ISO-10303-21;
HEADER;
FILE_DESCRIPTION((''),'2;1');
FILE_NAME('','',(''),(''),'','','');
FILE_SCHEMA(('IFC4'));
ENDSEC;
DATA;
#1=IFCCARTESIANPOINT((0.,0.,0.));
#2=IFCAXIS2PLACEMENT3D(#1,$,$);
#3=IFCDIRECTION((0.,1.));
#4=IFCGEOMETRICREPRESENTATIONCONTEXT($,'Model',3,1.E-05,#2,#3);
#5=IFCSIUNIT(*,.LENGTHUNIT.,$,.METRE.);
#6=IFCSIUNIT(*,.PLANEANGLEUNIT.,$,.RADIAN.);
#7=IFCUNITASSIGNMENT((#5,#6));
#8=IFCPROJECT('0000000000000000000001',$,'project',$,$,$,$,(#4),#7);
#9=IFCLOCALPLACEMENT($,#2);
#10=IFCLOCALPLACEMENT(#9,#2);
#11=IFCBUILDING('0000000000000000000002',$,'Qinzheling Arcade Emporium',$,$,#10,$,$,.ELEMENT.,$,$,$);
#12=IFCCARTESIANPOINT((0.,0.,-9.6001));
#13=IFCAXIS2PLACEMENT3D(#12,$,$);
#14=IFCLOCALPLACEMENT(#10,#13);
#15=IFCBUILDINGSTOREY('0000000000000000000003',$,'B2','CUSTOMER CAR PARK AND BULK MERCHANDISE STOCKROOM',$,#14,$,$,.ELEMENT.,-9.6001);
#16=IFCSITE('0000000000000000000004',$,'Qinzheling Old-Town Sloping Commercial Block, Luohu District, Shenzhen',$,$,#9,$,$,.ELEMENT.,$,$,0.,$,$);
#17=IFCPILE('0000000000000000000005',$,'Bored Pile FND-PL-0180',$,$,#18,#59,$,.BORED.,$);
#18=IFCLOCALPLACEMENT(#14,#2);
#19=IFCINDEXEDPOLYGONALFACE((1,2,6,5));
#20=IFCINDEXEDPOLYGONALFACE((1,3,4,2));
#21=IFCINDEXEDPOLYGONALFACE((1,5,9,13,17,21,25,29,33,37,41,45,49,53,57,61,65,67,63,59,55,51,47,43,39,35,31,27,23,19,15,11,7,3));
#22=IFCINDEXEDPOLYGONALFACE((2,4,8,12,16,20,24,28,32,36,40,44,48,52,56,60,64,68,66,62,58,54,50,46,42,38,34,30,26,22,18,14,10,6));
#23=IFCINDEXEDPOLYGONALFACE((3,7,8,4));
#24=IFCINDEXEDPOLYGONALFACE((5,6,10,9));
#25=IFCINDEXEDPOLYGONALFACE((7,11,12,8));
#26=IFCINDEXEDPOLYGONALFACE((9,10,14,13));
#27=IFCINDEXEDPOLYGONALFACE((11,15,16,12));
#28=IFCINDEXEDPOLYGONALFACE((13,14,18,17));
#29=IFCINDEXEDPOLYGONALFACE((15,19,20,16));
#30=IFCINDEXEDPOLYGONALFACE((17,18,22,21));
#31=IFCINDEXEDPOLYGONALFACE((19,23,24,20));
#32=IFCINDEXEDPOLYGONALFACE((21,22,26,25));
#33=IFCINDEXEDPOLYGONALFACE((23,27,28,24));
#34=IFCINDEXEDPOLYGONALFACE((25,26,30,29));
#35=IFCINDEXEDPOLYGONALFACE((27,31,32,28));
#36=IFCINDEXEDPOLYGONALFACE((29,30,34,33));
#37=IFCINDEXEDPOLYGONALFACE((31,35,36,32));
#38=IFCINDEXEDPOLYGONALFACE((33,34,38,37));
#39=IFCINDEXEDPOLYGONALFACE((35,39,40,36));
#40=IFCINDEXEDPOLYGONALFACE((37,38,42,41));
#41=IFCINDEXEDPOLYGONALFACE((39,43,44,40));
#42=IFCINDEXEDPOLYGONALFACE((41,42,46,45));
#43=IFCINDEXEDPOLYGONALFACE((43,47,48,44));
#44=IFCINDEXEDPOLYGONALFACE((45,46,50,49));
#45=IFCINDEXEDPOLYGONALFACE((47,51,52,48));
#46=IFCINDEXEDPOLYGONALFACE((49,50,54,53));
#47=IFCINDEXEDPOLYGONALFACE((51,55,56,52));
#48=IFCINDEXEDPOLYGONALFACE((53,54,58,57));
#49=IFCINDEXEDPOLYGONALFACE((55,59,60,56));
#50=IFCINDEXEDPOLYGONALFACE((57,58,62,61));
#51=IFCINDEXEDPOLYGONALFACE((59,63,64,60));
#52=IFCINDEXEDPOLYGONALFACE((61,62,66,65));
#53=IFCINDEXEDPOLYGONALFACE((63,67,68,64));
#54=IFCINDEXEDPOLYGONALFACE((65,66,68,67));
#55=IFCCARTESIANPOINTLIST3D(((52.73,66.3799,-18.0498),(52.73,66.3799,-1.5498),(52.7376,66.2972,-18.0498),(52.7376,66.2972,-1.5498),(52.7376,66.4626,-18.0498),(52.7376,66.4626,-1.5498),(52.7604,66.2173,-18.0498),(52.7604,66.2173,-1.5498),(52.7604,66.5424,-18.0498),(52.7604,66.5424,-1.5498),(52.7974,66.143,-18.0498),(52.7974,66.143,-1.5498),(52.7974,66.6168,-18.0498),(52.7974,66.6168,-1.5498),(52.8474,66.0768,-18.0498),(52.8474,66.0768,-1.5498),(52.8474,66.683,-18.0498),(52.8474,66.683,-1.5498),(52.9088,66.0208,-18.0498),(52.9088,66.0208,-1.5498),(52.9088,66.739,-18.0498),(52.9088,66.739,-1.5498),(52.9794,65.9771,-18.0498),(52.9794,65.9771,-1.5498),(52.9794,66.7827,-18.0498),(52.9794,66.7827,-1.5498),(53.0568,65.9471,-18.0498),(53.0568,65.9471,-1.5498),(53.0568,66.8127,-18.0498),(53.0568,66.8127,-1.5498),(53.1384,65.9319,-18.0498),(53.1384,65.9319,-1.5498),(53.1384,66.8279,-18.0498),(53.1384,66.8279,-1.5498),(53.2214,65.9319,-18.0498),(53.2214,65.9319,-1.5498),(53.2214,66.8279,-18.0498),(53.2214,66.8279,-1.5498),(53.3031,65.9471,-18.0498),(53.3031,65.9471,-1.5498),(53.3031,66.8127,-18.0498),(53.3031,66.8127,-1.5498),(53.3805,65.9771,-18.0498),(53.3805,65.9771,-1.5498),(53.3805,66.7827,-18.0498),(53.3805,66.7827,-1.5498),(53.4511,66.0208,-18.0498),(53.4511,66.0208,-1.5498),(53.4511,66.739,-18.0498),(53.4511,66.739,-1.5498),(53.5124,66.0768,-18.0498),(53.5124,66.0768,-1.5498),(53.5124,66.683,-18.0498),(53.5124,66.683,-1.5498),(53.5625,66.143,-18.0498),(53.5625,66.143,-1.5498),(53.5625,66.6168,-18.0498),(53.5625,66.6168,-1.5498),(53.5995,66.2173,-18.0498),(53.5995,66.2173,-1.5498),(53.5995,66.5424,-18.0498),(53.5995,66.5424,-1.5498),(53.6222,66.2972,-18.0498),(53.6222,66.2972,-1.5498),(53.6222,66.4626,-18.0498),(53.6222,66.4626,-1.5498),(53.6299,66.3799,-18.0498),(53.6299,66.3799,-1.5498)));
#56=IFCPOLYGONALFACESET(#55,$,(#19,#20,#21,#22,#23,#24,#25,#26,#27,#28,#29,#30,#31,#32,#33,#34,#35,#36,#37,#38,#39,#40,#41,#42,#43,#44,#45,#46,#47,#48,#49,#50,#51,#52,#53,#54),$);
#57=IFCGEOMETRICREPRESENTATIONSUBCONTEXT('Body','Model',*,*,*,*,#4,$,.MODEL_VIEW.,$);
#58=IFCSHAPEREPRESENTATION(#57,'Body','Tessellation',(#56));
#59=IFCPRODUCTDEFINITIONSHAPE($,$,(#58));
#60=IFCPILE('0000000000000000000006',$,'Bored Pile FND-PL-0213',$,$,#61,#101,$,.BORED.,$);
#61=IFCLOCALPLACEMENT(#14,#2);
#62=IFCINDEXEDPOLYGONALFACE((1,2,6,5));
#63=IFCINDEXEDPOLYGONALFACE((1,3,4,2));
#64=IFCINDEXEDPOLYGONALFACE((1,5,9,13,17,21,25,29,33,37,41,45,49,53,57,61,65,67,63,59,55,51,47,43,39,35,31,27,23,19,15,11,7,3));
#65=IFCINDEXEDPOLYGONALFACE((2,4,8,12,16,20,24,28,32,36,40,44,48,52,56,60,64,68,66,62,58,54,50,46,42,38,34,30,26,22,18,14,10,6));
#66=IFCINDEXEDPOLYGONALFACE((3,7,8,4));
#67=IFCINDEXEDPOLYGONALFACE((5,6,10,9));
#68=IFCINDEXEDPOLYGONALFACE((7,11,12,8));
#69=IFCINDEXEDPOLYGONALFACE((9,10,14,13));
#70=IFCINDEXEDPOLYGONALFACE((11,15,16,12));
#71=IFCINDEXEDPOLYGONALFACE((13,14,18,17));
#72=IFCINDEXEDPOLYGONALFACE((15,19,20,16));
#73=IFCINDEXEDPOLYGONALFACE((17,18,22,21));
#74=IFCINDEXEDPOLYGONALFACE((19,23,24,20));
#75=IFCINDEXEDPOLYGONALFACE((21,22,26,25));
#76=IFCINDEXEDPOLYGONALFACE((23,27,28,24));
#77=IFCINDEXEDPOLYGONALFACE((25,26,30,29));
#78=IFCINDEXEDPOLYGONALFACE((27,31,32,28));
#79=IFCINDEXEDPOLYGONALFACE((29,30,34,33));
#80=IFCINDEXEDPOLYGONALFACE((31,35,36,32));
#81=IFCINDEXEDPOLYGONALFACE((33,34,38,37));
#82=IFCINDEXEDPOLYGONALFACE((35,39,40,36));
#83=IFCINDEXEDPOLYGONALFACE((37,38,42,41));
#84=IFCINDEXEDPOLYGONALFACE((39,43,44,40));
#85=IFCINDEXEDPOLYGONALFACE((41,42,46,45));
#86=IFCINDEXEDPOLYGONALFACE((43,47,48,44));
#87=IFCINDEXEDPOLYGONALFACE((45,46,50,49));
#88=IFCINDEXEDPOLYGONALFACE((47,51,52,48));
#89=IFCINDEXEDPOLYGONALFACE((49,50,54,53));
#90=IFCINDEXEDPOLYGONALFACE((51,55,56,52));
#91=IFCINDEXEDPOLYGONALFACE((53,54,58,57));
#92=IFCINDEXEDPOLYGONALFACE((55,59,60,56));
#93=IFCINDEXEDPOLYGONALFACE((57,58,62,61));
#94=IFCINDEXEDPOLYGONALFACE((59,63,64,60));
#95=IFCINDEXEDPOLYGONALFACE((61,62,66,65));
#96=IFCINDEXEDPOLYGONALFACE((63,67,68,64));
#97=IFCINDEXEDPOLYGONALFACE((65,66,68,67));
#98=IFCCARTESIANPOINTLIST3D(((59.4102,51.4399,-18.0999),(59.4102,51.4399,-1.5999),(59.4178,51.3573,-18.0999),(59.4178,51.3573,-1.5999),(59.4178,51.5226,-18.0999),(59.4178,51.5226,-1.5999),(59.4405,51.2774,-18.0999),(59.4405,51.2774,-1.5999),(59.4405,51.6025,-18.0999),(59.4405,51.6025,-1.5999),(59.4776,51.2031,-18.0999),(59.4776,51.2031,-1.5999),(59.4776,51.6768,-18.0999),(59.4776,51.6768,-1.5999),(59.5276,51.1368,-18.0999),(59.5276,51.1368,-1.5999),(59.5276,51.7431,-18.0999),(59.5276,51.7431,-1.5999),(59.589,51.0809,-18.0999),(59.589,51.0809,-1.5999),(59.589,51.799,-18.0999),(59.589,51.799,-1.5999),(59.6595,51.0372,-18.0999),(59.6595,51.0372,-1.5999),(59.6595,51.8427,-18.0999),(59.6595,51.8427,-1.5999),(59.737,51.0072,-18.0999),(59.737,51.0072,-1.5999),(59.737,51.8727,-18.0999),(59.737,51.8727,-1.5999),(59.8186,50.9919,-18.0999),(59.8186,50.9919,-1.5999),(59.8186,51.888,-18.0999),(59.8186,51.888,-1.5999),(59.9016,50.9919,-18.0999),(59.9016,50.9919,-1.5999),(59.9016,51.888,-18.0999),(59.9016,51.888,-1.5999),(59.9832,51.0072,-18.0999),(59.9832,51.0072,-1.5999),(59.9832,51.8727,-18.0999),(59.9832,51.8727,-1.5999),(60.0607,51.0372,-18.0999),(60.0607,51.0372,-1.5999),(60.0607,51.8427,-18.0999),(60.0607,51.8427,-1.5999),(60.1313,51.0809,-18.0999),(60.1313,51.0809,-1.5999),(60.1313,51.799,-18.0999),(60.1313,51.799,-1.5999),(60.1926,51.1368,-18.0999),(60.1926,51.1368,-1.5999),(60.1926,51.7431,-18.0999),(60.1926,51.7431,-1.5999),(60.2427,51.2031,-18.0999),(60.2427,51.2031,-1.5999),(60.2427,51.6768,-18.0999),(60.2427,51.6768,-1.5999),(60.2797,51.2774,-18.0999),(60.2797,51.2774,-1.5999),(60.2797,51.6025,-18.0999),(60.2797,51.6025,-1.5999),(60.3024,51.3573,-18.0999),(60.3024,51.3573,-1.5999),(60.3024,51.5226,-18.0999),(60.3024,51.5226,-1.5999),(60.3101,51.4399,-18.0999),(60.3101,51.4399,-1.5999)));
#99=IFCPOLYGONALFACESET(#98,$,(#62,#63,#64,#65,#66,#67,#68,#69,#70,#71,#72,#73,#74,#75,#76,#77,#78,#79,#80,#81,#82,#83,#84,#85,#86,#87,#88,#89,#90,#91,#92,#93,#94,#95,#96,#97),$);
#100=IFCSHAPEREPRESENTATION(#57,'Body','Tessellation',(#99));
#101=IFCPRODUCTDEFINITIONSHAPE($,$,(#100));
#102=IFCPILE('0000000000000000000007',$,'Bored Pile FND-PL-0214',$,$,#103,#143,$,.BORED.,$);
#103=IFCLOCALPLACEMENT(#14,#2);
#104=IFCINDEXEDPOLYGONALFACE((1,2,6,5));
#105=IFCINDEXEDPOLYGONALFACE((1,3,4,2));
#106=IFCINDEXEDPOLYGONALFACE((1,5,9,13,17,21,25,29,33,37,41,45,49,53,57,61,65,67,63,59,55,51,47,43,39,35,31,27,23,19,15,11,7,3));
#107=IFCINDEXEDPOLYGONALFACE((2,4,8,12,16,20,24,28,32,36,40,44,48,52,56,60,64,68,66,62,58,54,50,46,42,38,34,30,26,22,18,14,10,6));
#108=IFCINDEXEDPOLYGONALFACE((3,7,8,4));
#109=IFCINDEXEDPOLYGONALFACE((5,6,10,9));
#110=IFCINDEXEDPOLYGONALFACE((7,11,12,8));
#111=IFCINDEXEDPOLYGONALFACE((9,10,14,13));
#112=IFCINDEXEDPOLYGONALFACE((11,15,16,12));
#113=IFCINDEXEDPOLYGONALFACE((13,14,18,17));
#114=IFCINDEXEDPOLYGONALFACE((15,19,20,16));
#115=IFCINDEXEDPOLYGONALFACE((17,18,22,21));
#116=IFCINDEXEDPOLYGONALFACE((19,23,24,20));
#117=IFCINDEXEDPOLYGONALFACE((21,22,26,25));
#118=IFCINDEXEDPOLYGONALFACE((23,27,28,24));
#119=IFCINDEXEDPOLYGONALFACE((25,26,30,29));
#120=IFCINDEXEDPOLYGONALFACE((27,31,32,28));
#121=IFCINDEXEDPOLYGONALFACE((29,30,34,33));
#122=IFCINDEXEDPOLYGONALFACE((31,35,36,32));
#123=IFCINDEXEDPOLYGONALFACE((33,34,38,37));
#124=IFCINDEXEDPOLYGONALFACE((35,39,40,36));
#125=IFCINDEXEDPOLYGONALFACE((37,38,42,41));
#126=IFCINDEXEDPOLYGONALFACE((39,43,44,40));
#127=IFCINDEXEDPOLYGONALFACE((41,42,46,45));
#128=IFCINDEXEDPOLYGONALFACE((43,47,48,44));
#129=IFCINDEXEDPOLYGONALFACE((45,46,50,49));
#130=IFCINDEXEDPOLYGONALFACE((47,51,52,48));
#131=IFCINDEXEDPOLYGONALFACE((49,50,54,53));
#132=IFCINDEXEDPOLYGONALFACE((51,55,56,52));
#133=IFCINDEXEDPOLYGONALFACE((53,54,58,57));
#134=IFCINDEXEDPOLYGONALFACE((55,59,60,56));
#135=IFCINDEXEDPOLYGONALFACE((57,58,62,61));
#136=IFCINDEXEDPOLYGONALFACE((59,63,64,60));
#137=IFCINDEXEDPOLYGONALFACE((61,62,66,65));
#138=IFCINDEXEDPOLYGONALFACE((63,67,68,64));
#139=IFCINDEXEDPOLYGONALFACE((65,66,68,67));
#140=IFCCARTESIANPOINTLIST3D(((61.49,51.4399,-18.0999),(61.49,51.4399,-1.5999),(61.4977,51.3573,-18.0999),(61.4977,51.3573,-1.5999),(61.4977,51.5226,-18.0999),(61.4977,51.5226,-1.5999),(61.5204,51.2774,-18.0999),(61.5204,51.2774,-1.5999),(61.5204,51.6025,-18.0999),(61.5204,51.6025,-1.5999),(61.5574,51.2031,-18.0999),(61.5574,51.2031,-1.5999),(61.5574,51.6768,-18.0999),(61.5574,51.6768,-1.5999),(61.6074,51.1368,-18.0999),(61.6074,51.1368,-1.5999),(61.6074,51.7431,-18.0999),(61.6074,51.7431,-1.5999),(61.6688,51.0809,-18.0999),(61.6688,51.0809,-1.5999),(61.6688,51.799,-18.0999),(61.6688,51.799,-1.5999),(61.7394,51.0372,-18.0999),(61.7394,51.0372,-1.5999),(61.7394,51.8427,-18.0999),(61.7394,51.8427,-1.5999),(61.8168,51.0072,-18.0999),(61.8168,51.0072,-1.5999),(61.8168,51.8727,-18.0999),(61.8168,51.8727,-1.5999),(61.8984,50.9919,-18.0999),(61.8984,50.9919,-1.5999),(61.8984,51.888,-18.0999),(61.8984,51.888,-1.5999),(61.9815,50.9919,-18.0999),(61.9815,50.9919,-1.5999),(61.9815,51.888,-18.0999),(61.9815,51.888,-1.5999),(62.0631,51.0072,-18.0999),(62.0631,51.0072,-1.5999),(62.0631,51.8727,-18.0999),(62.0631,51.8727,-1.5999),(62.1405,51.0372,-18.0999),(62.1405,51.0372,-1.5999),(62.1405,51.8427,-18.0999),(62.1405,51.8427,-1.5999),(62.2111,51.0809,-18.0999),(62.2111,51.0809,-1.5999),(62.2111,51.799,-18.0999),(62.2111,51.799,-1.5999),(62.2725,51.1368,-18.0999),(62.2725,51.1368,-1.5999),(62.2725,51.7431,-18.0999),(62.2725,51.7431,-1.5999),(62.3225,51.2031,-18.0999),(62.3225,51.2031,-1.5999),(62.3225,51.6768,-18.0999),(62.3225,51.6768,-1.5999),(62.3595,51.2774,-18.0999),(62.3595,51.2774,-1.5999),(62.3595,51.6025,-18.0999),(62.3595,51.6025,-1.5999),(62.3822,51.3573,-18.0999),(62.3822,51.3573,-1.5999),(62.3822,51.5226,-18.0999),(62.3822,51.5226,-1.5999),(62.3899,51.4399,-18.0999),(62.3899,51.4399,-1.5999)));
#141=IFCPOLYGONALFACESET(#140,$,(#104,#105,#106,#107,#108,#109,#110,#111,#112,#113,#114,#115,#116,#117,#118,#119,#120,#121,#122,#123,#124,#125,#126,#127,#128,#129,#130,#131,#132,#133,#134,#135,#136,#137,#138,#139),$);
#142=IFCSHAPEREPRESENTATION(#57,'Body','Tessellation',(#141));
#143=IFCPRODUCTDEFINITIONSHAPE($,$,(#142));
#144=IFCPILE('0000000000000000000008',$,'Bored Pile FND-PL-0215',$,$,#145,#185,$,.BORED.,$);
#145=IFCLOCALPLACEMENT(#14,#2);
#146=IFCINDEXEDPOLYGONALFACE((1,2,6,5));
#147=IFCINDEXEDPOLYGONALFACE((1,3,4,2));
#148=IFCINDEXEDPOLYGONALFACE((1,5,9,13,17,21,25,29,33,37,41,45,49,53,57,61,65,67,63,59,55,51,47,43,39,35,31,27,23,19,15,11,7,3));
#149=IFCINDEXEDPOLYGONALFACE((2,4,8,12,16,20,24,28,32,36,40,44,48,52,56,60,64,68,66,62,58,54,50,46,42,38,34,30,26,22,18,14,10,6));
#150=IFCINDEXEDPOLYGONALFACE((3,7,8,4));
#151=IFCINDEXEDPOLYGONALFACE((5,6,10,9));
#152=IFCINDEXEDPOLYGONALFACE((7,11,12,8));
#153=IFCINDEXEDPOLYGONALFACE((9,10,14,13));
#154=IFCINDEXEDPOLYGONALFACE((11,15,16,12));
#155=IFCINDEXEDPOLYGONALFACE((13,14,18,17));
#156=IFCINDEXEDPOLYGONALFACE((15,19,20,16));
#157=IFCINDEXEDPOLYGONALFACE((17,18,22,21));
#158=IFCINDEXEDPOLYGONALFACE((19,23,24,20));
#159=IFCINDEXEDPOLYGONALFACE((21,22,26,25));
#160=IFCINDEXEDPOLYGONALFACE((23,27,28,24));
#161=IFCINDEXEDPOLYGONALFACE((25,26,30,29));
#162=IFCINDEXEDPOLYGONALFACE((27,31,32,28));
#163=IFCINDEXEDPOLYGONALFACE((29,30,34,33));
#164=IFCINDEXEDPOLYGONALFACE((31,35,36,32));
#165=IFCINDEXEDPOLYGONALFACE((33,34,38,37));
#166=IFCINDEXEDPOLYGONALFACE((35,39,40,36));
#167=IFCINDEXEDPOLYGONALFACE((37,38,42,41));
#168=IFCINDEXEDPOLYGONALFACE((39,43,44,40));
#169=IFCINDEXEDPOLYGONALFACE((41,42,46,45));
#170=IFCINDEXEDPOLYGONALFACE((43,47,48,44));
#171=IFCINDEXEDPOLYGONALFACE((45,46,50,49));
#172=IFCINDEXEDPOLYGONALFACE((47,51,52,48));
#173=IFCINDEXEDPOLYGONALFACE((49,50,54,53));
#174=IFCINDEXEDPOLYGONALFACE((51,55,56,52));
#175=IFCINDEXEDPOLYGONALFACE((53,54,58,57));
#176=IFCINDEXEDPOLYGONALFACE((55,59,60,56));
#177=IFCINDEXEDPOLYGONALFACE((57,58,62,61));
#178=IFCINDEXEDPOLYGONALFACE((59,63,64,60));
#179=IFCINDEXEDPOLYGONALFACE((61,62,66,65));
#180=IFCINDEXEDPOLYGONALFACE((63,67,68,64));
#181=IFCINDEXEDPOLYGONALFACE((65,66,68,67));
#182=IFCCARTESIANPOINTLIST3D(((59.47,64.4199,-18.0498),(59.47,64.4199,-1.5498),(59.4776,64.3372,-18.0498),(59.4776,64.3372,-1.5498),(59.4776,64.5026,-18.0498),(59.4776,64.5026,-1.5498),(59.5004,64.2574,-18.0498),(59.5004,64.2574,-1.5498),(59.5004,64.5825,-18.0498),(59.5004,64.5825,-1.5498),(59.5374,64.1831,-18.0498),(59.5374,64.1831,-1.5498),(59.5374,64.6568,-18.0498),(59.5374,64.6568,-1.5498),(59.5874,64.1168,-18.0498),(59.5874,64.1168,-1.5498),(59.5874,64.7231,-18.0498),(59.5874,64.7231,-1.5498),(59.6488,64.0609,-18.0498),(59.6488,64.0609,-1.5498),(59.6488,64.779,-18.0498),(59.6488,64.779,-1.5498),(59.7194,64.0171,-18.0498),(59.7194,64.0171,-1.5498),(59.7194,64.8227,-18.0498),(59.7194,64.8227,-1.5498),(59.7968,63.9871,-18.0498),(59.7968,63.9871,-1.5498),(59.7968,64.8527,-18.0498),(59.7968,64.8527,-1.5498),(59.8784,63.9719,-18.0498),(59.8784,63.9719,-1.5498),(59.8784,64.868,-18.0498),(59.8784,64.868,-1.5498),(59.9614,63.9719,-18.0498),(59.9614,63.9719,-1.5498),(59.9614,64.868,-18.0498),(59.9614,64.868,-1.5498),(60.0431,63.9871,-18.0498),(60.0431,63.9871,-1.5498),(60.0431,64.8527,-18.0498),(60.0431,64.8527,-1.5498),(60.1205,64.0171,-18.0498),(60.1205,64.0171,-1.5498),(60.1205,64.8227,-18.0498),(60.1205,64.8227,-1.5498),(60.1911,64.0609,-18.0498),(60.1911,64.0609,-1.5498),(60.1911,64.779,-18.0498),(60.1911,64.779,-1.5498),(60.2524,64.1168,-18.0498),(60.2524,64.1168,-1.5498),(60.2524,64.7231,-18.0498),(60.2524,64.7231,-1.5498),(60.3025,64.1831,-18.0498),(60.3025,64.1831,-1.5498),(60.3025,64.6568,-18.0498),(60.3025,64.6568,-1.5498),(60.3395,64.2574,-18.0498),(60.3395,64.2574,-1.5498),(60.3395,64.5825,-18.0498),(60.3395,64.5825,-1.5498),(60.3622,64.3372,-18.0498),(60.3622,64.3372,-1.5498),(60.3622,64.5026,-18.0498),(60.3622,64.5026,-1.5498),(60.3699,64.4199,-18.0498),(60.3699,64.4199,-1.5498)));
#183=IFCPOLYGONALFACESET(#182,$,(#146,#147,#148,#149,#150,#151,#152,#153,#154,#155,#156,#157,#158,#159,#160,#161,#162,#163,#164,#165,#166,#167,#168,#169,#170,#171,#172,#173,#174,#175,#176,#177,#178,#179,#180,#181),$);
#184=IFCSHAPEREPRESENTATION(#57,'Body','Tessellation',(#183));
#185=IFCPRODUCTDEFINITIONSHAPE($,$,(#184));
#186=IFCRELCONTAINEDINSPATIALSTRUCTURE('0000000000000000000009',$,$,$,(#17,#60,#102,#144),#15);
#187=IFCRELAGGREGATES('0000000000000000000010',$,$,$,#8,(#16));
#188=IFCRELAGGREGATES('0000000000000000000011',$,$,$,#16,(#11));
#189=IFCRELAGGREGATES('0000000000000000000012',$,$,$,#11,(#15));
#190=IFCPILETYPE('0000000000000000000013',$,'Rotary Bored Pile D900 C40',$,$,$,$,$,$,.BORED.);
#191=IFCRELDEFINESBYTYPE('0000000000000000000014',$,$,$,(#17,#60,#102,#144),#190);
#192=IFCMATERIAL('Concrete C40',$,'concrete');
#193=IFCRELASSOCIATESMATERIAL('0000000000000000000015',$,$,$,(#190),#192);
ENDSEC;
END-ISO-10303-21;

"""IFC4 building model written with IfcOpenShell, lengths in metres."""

from ifc_helpers import new_model, si_unit, direction, frame, origin, origin_2d, place, context, subcontext, project, spatial, circle, extrude, material, material_profile, profile_set, type_object, element, save


model = new_model("IFC4")

# Units and contexts
model_context = context("Model", 3, precision=1e-05, world=origin(), true_north=direction((0.0, 1.0)))
body_context = subcontext(model_context, "Body", "Model", "MODEL_VIEW")
ifc_project = project(units=[si_unit("LENGTHUNIT", "METRE"), si_unit("PLANEANGLEUNIT", "RADIAN")], contexts=[model_context])

# Site, building, storey
site_placement = place(None, origin())
site = spatial("IfcSite", under=ifc_project, at=site_placement, Name="Qinzheling Old-Town Sloping Commercial Block, Luohu District, Shenzhen", CompositionType="ELEMENT", RefElevation=0.0)
building_placement = place(site_placement, origin())
building = spatial("IfcBuilding", under=site, at=building_placement, Name="Qinzheling Arcade Emporium", CompositionType="ELEMENT")
storey_placement = place(building_placement, frame((0.0, 0.0, -9.6001)))
storey = spatial("IfcBuildingStorey", under=building, at=storey_placement, Name="B2", Description="CUSTOMER CAR PARK AND BULK MERCHANDISE STOCKROOM", CompositionType="ELEMENT", Elevation=-9.6001)

# Shared definitions
ifc_material_1 = material(Name="Concrete C40", Category="concrete")

# Piles
ifc_material_profile_1 = material_profile(ifc_material_1, circle(Radius=0.45, at=origin_2d()), Name="BORED D900", Category="concrete")
ifc_profile_set_1 = profile_set([ifc_material_profile_1], Name="Concrete C40")
pile_type = type_object("IfcPileType", Name="Rotary Bored Pile D900 C40", PredefinedType="BORED", material=ifc_profile_set_1)
for number, where, z_axis, x_axis, name in (
    (1, (53.1799, 66.3799, -1.5498), (0.0, 0.0, -1.0), (1.0, 0.0, 0.0), "Bored Pile FND-PL-0180"),
    (2, (59.8601, 51.4399, -1.5999), (0.0, 0.0, -1.0), (1.0, 0.0, 0.0), "Bored Pile FND-PL-0213"),
    (3, (61.9399, 51.4399, -1.5999), (0.0, 0.0, -1.0), (1.0, 0.0, 0.0), "Bored Pile FND-PL-0214"),
    (4, (59.9199, 64.4199, -1.5498), (0.0, 0.0, -1.0), (1.0, 0.0, 0.0), "Bored Pile FND-PL-0215"),
):
    element("IfcPile", number, at=place(storey_placement, frame(where, z_axis=z_axis, x_axis=x_axis)), inside=storey, type_object=pile_type, Name=name, PredefinedType="BORED", context=body_context, shape_type="SweptSolid", body=[
        extrude(circle(Radius=0.45, at=origin_2d()), origin(), (0.0, 0.0, 1.0), 16.5),
    ])

save(model, "model.ifc")
